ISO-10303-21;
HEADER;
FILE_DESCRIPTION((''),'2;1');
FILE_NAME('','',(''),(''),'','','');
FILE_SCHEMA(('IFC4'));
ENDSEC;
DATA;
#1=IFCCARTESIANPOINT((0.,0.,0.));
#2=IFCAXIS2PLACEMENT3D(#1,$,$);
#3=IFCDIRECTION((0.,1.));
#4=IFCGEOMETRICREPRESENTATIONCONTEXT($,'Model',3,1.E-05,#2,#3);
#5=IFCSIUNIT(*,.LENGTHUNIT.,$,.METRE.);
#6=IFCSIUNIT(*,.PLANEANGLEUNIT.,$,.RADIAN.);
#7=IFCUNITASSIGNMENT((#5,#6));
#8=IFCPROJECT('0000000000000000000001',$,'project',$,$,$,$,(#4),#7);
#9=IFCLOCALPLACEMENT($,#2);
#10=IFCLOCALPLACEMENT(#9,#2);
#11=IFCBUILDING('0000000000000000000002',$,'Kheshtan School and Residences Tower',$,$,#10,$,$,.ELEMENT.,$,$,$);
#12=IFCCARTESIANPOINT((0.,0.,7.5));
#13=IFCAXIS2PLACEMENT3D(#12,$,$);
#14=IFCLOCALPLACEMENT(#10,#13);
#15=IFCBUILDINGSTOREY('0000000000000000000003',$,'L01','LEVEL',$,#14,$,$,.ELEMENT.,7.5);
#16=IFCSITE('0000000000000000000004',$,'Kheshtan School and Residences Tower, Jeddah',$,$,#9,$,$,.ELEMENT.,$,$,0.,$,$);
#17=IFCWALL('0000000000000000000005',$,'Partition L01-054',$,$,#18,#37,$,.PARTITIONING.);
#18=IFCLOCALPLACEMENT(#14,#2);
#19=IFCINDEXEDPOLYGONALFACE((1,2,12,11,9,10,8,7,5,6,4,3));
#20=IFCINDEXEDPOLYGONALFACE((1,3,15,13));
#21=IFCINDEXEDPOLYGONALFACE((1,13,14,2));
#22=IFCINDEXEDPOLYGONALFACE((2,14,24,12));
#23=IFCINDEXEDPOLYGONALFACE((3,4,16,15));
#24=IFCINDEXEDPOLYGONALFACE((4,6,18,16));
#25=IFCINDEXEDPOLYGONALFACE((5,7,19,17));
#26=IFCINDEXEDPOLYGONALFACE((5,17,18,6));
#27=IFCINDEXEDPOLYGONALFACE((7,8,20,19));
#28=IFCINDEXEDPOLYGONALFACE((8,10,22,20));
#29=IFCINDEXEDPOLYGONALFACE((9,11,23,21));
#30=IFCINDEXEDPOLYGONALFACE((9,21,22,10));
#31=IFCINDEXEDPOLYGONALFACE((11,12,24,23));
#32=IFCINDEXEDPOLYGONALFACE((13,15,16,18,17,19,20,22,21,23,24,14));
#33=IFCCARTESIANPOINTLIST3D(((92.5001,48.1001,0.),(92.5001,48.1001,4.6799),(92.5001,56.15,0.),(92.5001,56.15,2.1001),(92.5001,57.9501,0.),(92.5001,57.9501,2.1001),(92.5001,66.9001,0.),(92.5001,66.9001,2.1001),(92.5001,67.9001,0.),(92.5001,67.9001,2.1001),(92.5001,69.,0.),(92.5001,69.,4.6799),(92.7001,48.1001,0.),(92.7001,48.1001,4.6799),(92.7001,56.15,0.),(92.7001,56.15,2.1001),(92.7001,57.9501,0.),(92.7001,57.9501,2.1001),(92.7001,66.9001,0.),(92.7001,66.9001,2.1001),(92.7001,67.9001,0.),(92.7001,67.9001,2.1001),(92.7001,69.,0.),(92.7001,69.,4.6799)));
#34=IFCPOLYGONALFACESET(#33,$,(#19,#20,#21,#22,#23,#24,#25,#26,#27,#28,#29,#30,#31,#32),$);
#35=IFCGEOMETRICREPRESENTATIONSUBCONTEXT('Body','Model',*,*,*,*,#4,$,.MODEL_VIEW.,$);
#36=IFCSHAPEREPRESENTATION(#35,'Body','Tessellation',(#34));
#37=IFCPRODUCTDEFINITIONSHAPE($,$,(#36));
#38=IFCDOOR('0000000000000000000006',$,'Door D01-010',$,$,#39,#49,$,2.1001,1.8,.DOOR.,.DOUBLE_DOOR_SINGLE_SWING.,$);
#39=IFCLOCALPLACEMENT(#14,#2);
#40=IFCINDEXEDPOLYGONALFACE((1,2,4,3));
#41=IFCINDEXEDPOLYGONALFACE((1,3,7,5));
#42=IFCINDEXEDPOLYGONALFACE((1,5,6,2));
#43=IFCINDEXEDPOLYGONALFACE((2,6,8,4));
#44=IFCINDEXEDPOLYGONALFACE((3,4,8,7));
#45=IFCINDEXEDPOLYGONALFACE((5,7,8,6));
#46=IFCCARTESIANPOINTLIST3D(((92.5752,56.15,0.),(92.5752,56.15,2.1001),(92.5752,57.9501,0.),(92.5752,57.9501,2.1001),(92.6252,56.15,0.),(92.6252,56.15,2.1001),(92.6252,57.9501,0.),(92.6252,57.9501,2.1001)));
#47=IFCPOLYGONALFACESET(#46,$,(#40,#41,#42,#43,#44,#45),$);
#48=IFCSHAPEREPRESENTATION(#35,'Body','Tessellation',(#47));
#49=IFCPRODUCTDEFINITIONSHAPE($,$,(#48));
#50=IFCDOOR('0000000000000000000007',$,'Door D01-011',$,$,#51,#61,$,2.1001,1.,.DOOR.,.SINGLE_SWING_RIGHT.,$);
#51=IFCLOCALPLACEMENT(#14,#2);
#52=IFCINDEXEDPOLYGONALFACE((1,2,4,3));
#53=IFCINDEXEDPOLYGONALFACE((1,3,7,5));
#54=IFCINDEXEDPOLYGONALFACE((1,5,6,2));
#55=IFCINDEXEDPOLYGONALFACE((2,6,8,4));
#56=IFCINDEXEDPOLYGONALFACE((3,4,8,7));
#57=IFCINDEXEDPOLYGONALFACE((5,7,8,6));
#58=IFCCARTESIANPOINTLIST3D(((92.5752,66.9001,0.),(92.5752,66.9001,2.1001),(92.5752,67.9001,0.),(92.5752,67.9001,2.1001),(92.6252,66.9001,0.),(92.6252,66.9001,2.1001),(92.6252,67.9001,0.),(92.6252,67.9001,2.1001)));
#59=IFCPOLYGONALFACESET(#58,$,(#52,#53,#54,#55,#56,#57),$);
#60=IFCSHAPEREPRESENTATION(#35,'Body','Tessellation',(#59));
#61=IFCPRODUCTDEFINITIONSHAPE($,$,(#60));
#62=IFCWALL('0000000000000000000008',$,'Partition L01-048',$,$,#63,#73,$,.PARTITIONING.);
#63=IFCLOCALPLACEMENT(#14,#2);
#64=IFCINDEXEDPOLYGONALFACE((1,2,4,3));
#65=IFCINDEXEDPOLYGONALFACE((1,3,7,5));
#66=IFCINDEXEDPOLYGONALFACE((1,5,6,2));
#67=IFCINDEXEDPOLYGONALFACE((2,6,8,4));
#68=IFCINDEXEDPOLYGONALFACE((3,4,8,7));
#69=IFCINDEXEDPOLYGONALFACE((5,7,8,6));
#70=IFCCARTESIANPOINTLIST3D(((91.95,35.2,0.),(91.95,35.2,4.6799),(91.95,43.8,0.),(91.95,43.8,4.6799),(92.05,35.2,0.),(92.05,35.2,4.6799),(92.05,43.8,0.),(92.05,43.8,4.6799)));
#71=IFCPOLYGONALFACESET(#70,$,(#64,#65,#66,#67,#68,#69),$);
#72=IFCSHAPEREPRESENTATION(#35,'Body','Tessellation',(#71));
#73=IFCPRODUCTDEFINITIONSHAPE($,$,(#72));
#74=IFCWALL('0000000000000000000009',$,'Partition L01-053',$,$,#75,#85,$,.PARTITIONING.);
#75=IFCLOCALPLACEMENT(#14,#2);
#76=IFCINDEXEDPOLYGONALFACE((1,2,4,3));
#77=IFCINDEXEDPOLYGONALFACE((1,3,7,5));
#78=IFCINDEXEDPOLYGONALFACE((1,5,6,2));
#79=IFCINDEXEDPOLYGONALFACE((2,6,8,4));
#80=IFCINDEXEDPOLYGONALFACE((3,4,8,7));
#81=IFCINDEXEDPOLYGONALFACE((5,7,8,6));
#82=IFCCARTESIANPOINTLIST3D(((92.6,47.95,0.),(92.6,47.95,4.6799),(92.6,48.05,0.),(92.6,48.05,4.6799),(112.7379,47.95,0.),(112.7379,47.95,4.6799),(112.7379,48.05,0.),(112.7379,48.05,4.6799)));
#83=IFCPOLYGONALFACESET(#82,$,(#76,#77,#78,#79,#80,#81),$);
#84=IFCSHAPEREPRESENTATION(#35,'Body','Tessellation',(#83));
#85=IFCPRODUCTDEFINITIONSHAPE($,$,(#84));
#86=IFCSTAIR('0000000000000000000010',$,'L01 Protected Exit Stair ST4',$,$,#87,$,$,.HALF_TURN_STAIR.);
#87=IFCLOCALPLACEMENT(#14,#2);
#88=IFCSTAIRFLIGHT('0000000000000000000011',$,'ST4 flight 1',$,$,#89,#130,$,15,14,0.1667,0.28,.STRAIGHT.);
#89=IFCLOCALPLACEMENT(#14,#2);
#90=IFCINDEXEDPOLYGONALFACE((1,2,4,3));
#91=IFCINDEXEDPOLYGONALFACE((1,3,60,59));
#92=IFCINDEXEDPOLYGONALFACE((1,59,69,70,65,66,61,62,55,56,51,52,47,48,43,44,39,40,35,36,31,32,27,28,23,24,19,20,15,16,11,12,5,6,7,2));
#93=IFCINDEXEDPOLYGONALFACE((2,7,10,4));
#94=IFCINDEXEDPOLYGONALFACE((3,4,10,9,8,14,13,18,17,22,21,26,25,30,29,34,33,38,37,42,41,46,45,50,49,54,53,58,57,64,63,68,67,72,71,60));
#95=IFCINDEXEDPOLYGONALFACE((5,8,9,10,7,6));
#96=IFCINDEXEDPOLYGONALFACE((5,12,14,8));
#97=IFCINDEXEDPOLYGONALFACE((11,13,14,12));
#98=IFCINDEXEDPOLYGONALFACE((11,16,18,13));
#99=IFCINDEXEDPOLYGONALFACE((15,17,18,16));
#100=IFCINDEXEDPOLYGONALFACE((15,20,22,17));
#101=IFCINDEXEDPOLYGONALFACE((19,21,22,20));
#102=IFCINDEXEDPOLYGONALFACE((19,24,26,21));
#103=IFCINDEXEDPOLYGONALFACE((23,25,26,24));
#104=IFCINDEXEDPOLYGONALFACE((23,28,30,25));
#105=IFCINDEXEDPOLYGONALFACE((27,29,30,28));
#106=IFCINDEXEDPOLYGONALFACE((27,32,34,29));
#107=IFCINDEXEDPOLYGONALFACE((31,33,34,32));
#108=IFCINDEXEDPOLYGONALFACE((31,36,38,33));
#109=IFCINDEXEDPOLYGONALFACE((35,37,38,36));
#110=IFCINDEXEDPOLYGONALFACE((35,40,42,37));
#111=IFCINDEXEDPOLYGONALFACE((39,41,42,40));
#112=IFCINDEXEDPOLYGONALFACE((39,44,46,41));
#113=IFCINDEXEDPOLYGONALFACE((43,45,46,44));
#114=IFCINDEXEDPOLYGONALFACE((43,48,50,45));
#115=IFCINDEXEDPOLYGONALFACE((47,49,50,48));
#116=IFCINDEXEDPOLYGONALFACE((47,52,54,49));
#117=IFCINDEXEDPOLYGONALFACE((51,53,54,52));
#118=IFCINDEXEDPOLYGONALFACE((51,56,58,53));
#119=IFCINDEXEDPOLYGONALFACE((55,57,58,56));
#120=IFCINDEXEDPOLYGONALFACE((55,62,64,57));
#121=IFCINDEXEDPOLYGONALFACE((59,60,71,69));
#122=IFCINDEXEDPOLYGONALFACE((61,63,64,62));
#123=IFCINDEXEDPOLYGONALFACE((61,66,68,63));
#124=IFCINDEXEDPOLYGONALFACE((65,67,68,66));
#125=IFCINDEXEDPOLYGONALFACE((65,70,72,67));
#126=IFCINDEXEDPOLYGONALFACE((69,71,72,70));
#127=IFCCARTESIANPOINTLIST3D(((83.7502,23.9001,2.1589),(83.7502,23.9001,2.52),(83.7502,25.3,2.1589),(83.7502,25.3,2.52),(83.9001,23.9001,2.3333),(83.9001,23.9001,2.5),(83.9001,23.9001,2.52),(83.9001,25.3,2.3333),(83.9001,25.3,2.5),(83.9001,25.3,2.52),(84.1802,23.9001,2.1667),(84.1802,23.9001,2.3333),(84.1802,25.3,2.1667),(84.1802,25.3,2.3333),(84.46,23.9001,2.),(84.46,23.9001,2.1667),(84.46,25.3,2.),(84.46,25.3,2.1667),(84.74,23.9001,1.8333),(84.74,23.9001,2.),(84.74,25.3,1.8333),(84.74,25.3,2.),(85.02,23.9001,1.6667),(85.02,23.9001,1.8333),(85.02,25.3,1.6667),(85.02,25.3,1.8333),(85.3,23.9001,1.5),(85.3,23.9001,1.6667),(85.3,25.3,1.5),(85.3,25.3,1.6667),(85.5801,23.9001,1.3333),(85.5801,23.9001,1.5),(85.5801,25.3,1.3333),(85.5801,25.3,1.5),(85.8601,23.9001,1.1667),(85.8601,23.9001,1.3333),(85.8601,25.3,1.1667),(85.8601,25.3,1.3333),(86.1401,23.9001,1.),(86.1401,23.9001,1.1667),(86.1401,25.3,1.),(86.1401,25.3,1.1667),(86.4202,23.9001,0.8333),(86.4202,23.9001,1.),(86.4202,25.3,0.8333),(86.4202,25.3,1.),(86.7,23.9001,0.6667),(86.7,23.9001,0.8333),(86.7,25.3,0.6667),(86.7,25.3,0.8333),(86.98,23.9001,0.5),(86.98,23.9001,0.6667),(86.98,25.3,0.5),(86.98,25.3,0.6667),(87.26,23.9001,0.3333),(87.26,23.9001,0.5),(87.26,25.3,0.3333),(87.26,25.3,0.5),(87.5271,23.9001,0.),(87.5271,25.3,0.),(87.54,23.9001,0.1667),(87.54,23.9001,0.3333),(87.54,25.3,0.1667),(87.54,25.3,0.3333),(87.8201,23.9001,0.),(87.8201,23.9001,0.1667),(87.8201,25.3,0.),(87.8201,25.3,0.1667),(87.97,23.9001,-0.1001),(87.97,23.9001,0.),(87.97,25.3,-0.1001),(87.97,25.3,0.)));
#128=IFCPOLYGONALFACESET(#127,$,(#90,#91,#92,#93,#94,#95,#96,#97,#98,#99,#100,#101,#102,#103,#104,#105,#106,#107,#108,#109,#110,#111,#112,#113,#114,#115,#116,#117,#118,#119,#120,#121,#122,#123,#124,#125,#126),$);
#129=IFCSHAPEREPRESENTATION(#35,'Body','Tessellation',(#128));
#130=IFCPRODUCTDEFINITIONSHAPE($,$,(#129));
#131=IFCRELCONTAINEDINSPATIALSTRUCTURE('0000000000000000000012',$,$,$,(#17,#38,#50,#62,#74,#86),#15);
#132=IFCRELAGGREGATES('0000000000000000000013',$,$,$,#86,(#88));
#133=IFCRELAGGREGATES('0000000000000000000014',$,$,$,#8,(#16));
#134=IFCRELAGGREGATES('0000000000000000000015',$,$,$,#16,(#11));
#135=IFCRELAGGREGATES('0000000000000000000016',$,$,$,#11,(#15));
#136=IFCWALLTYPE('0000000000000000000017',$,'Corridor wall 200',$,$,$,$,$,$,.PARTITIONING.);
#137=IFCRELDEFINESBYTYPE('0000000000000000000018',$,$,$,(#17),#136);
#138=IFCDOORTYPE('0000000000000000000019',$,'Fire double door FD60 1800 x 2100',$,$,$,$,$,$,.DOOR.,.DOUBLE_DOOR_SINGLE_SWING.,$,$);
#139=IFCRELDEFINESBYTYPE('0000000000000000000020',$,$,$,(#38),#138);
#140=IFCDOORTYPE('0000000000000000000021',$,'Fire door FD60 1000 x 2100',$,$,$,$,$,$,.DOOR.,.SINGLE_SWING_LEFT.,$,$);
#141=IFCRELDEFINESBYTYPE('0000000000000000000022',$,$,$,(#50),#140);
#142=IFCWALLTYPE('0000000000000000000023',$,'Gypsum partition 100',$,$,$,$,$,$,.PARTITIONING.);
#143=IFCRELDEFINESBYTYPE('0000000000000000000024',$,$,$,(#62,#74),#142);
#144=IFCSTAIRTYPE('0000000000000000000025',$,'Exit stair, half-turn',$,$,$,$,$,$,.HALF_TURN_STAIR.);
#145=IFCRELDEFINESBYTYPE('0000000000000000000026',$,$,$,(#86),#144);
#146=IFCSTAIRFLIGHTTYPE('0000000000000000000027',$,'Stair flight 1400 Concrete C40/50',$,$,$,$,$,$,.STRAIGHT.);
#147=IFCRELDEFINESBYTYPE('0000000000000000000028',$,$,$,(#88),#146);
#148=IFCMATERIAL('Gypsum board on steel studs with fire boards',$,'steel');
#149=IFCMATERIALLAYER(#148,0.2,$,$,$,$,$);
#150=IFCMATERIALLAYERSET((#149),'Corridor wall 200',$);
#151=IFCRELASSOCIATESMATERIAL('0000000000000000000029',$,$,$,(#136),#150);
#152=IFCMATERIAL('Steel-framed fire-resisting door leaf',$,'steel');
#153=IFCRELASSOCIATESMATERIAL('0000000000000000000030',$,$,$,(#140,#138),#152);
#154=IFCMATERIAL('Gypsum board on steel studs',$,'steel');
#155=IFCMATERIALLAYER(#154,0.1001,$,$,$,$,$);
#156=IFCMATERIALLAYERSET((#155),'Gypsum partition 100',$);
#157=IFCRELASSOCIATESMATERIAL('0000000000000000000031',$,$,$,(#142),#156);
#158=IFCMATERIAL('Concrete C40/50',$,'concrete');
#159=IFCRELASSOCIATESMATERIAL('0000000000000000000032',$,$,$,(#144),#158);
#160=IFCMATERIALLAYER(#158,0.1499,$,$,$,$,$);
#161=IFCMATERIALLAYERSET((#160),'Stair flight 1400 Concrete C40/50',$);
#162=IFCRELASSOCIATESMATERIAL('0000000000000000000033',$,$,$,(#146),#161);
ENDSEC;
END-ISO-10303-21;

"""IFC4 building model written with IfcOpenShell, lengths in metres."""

from ifc_helpers import new_model, si_unit, direction, frame, frame_2d, origin, place, context, subcontext, project, spatial, polyline, rectangle, outline, extrude, source, transform, mapped, material, layer, layer_set, type_object, element, fill, aggregate, save


model = new_model("IFC4")

# Units and contexts
model_context = context("Model", 3, precision=1e-05, world=origin(), true_north=direction((0.0, 1.0)))
body_context = subcontext(model_context, "Body", "Model", "MODEL_VIEW")
ifc_project = project(units=[si_unit("LENGTHUNIT", "METRE"), si_unit("PLANEANGLEUNIT", "RADIAN")], contexts=[model_context])

# Site, building, storey
site_placement = place(None, origin())
site = spatial("IfcSite", under=ifc_project, at=site_placement, Name="Kheshtan School and Residences Tower, Jeddah", CompositionType="ELEMENT", RefElevation=0.0)
building_placement = place(site_placement, origin())
building = spatial("IfcBuilding", under=site, at=building_placement, Name="Kheshtan School and Residences Tower", CompositionType="ELEMENT")
storey_placement = place(building_placement, frame((0.0, 0.0, 7.5)))
storey = spatial("IfcBuildingStorey", under=building, at=storey_placement, Name="L01", Description="LEVEL", CompositionType="ELEMENT", Elevation=7.5)

# Shared definitions
ifc_material_1 = material(Name="Gypsum board on steel studs with fire boards", Category="steel")
ifc_layer_1 = layer(ifc_material_1, 0.2)
ifc_layer_set_1 = layer_set([ifc_layer_1], Name="Corridor wall 200")
wall_type_1 = type_object("IfcWallType", Name="Corridor wall 200", PredefinedType="PARTITIONING", material=ifc_layer_set_1)

# Shared definitions
ifc_material_2 = material(Name="Steel-framed fire-resisting door leaf", Category="steel")
door_type_1 = type_object("IfcDoorType", Name="Fire door FD60 1000 x 2100", OperationType="SINGLE_SWING_LEFT", PredefinedType="DOOR", material=ifc_material_2)
shared_shape_1 = source(origin(), body_context, "Body", "SweptSolid", [
    extrude(rectangle(XDim=1.0, YDim=2.1001, at=frame_2d((0.5, 1.05))), frame((0.0, 0.0249, 0.0), z_axis=(0.0, -1.0, 0.0), x_axis=(1.0, 0.0, 0.0)), (0.0, 0.0, 1.0), 0.05),
])

# Wall, openings, doors
wall_1_placement = place(storey_placement, frame((92.6001, 48.1001, 0.0), z_axis=(0.0, 0.0, 1.0), x_axis=(0.0, 1.0, 0.0)))
wall_1 = element("IfcWall", 1, at=wall_1_placement, inside=storey, type_object=wall_type_1, Name="Partition L01-054", PredefinedType="PARTITIONING", context=body_context, shape_type="SweptSolid", body=[
    extrude(rectangle(XDim=20.8999, YDim=0.2, at=frame_2d((10.45, 0.0))), origin(), (0.0, 0.0, 1.0), 4.6799),
])
opening_1_placement = place(wall_1_placement, frame((8.05, 0.0, 0.0)))
opening_1 = element("IfcOpeningElement", 2, at=opening_1_placement, cuts=wall_1, PredefinedType="OPENING", context=body_context, shape_type="SweptSolid", body=[
    extrude(rectangle(XDim=1.8, YDim=2.1001, at=frame_2d((0.8999, 1.05))), frame((0.0, 0.1099, 0.0), z_axis=(0.0, -1.0, 0.0), x_axis=(1.0, 0.0, 0.0)), (0.0, 0.0, 1.0), 0.22),
])
opening_2_placement = place(wall_1_placement, frame((18.8, 0.0, 0.0)))
opening_2 = element("IfcOpeningElement", 3, at=opening_2_placement, cuts=wall_1, PredefinedType="OPENING", context=body_context, shape_type="SweptSolid", body=[
    extrude(rectangle(XDim=1.0, YDim=2.1001, at=frame_2d((0.5, 1.05))), frame((0.0, 0.1099, 0.0), z_axis=(0.0, -1.0, 0.0), x_axis=(1.0, 0.0, 0.0)), (0.0, 0.0, 1.0), 0.22),
])
door_type_2 = type_object("IfcDoorType", Name="Fire double door FD60 1800 x 2100", OperationType="DOUBLE_DOOR_SINGLE_SWING", PredefinedType="DOOR", material=ifc_material_2)
shared_shape_2 = source(origin(), body_context, "Body", "SweptSolid", [
    extrude(rectangle(XDim=1.8, YDim=2.1001, at=frame_2d((0.8999, 1.05))), frame((0.0, 0.0249, 0.0), z_axis=(0.0, -1.0, 0.0), x_axis=(1.0, 0.0, 0.0)), (0.0, 0.0, 1.0), 0.05),
])
door_1_placement = place(opening_1_placement, origin())
door_1 = element("IfcDoor", 4, at=door_1_placement, inside=storey, type_object=door_type_2, Name="Door D01-010", OperationType="DOUBLE_DOOR_SINGLE_SWING", OverallHeight=2.1001, OverallWidth=1.8, PredefinedType="DOOR", context=body_context, shape_type="MappedRepresentation", body=[
    mapped(shared_shape_2, transform((0.0, 0.0, 0.0), x_axis=(1.0, 0.0, 0.0), y_axis=(0.0, 1.0, 0.0), z_axis=(0.0, 0.0, 1.0), scale=1.0)),
])
fill(opening_1, door_1)
door_2_placement = place(opening_2_placement, origin())
door_2 = element("IfcDoor", 5, at=door_2_placement, inside=storey, type_object=door_type_1, Name="Door D01-011", OperationType="SINGLE_SWING_RIGHT", OverallHeight=2.1001, OverallWidth=1.0, PredefinedType="DOOR", context=body_context, shape_type="MappedRepresentation", body=[
    mapped(shared_shape_1, transform((0.0, 0.0, 0.0), x_axis=(1.0, 0.0, 0.0), y_axis=(0.0, 1.0, 0.0), z_axis=(0.0, 0.0, 1.0), scale=1.0)),
])
fill(opening_2, door_2)

# Walls
ifc_material_3 = material(Name="Gypsum board on steel studs", Category="steel")
ifc_layer_2 = layer(ifc_material_3, 0.1001)
ifc_layer_set_2 = layer_set([ifc_layer_2], Name="Gypsum partition 100")
wall_type_2 = type_object("IfcWallType", Name="Gypsum partition 100", PredefinedType="PARTITIONING", material=ifc_layer_set_2)
wall_2_placement = place(storey_placement, frame((92.0, 35.2, 0.0), z_axis=(0.0, 0.0, 1.0), x_axis=(0.0, 1.0, 0.0)))
element("IfcWall", 6, at=wall_2_placement, inside=storey, type_object=wall_type_2, Name="Partition L01-048", PredefinedType="PARTITIONING", context=body_context, shape_type="SweptSolid", body=[
    extrude(rectangle(XDim=8.6001, YDim=0.1001, at=frame_2d((4.3, 0.0))), origin(), (0.0, 0.0, 1.0), 4.6799),
])
wall_3_placement = place(storey_placement, frame((92.6001, 48.0, 0.0), z_axis=(0.0, 0.0, 1.0), x_axis=(1.0, 0.0, 0.0)))
element("IfcWall", 7, at=wall_3_placement, inside=storey, type_object=wall_type_2, Name="Partition L01-053", PredefinedType="PARTITIONING", context=body_context, shape_type="SweptSolid", body=[
    extrude(rectangle(XDim=20.1379, YDim=0.1001, at=frame_2d((10.0688, 0.0))), origin(), (0.0, 0.0, 1.0), 4.6799),
])

# Stair, stair flight
ifc_material_4 = material(Name="Concrete C40/50", Category="concrete")
stair_type = type_object("IfcStairType", Name="Exit stair, half-turn", PredefinedType="HALF_TURN_STAIR", material=ifc_material_4)
stair_placement = place(storey_placement, origin())
stair = element("IfcStair", 8, at=stair_placement, inside=storey, type_object=stair_type, Name="L01 Protected Exit Stair ST4", PredefinedType="HALF_TURN_STAIR")
ifc_layer_3 = layer(ifc_material_4, 0.1499)
ifc_layer_set_3 = layer_set([ifc_layer_3], Name="Stair flight 1400 Concrete C40/50")
stair_flight_type = type_object("IfcStairFlightType", Name="Stair flight 1400 Concrete C40/50", PredefinedType="STRAIGHT", material=ifc_layer_set_3)
stair_flight_placement = place(storey_placement, frame((87.8201, 24.6001, 0.0), z_axis=(0.0, 0.0, 1.0), x_axis=(-1.0, 0.0, 0.0)))
stair_flight = element("IfcStairFlight", 9, at=stair_flight_placement, type_object=stair_flight_type, Name="ST4 flight 1", NumberOfRisers=15, NumberOfTreads=14, PredefinedType="STRAIGHT", RiserHeight=0.1667, TreadLength=0.28, context=body_context, shape_type="SweptSolid", body=[
    extrude(outline(polyline([(-0.1499, -0.1001), (-0.1499, 0.0), (0.0, 0.0), (0.0, 0.1667), (0.28, 0.1667), (0.28, 0.3333), (0.5601, 0.3333), (0.5601, 0.5), (0.8401, 0.5), (0.8401, 0.6667), (1.1201, 0.6667), (1.1201, 0.8333), (1.3999, 0.8333), (1.3999, 1.0), (1.6799, 1.0), (1.6799, 1.1667), (1.96, 1.1667), (1.96, 1.3333), (2.24, 1.3333), (2.24, 1.5), (2.52, 1.5), (2.52, 1.6667), (2.8, 1.6667), (2.8, 1.8333), (3.0801, 1.8333), (3.0801, 2.0), (3.3601, 2.0), (3.3601, 2.1667), (3.6399, 2.1667), (3.6399, 2.3333), (3.9199, 2.3333), (3.9199, 2.5), (3.9199, 2.52), (4.0698, 2.52), (4.0698, 2.1589), (0.293, 0.0), (-0.1499, -0.1001)])), frame((0.0, 0.7, 0.0), z_axis=(0.0, -1.0, 0.0), x_axis=(1.0, 0.0, 0.0)), (0.0, 0.0, 1.0), 1.3999),
])
aggregate(stair, [stair_flight])

save(model, "model.ifc")
